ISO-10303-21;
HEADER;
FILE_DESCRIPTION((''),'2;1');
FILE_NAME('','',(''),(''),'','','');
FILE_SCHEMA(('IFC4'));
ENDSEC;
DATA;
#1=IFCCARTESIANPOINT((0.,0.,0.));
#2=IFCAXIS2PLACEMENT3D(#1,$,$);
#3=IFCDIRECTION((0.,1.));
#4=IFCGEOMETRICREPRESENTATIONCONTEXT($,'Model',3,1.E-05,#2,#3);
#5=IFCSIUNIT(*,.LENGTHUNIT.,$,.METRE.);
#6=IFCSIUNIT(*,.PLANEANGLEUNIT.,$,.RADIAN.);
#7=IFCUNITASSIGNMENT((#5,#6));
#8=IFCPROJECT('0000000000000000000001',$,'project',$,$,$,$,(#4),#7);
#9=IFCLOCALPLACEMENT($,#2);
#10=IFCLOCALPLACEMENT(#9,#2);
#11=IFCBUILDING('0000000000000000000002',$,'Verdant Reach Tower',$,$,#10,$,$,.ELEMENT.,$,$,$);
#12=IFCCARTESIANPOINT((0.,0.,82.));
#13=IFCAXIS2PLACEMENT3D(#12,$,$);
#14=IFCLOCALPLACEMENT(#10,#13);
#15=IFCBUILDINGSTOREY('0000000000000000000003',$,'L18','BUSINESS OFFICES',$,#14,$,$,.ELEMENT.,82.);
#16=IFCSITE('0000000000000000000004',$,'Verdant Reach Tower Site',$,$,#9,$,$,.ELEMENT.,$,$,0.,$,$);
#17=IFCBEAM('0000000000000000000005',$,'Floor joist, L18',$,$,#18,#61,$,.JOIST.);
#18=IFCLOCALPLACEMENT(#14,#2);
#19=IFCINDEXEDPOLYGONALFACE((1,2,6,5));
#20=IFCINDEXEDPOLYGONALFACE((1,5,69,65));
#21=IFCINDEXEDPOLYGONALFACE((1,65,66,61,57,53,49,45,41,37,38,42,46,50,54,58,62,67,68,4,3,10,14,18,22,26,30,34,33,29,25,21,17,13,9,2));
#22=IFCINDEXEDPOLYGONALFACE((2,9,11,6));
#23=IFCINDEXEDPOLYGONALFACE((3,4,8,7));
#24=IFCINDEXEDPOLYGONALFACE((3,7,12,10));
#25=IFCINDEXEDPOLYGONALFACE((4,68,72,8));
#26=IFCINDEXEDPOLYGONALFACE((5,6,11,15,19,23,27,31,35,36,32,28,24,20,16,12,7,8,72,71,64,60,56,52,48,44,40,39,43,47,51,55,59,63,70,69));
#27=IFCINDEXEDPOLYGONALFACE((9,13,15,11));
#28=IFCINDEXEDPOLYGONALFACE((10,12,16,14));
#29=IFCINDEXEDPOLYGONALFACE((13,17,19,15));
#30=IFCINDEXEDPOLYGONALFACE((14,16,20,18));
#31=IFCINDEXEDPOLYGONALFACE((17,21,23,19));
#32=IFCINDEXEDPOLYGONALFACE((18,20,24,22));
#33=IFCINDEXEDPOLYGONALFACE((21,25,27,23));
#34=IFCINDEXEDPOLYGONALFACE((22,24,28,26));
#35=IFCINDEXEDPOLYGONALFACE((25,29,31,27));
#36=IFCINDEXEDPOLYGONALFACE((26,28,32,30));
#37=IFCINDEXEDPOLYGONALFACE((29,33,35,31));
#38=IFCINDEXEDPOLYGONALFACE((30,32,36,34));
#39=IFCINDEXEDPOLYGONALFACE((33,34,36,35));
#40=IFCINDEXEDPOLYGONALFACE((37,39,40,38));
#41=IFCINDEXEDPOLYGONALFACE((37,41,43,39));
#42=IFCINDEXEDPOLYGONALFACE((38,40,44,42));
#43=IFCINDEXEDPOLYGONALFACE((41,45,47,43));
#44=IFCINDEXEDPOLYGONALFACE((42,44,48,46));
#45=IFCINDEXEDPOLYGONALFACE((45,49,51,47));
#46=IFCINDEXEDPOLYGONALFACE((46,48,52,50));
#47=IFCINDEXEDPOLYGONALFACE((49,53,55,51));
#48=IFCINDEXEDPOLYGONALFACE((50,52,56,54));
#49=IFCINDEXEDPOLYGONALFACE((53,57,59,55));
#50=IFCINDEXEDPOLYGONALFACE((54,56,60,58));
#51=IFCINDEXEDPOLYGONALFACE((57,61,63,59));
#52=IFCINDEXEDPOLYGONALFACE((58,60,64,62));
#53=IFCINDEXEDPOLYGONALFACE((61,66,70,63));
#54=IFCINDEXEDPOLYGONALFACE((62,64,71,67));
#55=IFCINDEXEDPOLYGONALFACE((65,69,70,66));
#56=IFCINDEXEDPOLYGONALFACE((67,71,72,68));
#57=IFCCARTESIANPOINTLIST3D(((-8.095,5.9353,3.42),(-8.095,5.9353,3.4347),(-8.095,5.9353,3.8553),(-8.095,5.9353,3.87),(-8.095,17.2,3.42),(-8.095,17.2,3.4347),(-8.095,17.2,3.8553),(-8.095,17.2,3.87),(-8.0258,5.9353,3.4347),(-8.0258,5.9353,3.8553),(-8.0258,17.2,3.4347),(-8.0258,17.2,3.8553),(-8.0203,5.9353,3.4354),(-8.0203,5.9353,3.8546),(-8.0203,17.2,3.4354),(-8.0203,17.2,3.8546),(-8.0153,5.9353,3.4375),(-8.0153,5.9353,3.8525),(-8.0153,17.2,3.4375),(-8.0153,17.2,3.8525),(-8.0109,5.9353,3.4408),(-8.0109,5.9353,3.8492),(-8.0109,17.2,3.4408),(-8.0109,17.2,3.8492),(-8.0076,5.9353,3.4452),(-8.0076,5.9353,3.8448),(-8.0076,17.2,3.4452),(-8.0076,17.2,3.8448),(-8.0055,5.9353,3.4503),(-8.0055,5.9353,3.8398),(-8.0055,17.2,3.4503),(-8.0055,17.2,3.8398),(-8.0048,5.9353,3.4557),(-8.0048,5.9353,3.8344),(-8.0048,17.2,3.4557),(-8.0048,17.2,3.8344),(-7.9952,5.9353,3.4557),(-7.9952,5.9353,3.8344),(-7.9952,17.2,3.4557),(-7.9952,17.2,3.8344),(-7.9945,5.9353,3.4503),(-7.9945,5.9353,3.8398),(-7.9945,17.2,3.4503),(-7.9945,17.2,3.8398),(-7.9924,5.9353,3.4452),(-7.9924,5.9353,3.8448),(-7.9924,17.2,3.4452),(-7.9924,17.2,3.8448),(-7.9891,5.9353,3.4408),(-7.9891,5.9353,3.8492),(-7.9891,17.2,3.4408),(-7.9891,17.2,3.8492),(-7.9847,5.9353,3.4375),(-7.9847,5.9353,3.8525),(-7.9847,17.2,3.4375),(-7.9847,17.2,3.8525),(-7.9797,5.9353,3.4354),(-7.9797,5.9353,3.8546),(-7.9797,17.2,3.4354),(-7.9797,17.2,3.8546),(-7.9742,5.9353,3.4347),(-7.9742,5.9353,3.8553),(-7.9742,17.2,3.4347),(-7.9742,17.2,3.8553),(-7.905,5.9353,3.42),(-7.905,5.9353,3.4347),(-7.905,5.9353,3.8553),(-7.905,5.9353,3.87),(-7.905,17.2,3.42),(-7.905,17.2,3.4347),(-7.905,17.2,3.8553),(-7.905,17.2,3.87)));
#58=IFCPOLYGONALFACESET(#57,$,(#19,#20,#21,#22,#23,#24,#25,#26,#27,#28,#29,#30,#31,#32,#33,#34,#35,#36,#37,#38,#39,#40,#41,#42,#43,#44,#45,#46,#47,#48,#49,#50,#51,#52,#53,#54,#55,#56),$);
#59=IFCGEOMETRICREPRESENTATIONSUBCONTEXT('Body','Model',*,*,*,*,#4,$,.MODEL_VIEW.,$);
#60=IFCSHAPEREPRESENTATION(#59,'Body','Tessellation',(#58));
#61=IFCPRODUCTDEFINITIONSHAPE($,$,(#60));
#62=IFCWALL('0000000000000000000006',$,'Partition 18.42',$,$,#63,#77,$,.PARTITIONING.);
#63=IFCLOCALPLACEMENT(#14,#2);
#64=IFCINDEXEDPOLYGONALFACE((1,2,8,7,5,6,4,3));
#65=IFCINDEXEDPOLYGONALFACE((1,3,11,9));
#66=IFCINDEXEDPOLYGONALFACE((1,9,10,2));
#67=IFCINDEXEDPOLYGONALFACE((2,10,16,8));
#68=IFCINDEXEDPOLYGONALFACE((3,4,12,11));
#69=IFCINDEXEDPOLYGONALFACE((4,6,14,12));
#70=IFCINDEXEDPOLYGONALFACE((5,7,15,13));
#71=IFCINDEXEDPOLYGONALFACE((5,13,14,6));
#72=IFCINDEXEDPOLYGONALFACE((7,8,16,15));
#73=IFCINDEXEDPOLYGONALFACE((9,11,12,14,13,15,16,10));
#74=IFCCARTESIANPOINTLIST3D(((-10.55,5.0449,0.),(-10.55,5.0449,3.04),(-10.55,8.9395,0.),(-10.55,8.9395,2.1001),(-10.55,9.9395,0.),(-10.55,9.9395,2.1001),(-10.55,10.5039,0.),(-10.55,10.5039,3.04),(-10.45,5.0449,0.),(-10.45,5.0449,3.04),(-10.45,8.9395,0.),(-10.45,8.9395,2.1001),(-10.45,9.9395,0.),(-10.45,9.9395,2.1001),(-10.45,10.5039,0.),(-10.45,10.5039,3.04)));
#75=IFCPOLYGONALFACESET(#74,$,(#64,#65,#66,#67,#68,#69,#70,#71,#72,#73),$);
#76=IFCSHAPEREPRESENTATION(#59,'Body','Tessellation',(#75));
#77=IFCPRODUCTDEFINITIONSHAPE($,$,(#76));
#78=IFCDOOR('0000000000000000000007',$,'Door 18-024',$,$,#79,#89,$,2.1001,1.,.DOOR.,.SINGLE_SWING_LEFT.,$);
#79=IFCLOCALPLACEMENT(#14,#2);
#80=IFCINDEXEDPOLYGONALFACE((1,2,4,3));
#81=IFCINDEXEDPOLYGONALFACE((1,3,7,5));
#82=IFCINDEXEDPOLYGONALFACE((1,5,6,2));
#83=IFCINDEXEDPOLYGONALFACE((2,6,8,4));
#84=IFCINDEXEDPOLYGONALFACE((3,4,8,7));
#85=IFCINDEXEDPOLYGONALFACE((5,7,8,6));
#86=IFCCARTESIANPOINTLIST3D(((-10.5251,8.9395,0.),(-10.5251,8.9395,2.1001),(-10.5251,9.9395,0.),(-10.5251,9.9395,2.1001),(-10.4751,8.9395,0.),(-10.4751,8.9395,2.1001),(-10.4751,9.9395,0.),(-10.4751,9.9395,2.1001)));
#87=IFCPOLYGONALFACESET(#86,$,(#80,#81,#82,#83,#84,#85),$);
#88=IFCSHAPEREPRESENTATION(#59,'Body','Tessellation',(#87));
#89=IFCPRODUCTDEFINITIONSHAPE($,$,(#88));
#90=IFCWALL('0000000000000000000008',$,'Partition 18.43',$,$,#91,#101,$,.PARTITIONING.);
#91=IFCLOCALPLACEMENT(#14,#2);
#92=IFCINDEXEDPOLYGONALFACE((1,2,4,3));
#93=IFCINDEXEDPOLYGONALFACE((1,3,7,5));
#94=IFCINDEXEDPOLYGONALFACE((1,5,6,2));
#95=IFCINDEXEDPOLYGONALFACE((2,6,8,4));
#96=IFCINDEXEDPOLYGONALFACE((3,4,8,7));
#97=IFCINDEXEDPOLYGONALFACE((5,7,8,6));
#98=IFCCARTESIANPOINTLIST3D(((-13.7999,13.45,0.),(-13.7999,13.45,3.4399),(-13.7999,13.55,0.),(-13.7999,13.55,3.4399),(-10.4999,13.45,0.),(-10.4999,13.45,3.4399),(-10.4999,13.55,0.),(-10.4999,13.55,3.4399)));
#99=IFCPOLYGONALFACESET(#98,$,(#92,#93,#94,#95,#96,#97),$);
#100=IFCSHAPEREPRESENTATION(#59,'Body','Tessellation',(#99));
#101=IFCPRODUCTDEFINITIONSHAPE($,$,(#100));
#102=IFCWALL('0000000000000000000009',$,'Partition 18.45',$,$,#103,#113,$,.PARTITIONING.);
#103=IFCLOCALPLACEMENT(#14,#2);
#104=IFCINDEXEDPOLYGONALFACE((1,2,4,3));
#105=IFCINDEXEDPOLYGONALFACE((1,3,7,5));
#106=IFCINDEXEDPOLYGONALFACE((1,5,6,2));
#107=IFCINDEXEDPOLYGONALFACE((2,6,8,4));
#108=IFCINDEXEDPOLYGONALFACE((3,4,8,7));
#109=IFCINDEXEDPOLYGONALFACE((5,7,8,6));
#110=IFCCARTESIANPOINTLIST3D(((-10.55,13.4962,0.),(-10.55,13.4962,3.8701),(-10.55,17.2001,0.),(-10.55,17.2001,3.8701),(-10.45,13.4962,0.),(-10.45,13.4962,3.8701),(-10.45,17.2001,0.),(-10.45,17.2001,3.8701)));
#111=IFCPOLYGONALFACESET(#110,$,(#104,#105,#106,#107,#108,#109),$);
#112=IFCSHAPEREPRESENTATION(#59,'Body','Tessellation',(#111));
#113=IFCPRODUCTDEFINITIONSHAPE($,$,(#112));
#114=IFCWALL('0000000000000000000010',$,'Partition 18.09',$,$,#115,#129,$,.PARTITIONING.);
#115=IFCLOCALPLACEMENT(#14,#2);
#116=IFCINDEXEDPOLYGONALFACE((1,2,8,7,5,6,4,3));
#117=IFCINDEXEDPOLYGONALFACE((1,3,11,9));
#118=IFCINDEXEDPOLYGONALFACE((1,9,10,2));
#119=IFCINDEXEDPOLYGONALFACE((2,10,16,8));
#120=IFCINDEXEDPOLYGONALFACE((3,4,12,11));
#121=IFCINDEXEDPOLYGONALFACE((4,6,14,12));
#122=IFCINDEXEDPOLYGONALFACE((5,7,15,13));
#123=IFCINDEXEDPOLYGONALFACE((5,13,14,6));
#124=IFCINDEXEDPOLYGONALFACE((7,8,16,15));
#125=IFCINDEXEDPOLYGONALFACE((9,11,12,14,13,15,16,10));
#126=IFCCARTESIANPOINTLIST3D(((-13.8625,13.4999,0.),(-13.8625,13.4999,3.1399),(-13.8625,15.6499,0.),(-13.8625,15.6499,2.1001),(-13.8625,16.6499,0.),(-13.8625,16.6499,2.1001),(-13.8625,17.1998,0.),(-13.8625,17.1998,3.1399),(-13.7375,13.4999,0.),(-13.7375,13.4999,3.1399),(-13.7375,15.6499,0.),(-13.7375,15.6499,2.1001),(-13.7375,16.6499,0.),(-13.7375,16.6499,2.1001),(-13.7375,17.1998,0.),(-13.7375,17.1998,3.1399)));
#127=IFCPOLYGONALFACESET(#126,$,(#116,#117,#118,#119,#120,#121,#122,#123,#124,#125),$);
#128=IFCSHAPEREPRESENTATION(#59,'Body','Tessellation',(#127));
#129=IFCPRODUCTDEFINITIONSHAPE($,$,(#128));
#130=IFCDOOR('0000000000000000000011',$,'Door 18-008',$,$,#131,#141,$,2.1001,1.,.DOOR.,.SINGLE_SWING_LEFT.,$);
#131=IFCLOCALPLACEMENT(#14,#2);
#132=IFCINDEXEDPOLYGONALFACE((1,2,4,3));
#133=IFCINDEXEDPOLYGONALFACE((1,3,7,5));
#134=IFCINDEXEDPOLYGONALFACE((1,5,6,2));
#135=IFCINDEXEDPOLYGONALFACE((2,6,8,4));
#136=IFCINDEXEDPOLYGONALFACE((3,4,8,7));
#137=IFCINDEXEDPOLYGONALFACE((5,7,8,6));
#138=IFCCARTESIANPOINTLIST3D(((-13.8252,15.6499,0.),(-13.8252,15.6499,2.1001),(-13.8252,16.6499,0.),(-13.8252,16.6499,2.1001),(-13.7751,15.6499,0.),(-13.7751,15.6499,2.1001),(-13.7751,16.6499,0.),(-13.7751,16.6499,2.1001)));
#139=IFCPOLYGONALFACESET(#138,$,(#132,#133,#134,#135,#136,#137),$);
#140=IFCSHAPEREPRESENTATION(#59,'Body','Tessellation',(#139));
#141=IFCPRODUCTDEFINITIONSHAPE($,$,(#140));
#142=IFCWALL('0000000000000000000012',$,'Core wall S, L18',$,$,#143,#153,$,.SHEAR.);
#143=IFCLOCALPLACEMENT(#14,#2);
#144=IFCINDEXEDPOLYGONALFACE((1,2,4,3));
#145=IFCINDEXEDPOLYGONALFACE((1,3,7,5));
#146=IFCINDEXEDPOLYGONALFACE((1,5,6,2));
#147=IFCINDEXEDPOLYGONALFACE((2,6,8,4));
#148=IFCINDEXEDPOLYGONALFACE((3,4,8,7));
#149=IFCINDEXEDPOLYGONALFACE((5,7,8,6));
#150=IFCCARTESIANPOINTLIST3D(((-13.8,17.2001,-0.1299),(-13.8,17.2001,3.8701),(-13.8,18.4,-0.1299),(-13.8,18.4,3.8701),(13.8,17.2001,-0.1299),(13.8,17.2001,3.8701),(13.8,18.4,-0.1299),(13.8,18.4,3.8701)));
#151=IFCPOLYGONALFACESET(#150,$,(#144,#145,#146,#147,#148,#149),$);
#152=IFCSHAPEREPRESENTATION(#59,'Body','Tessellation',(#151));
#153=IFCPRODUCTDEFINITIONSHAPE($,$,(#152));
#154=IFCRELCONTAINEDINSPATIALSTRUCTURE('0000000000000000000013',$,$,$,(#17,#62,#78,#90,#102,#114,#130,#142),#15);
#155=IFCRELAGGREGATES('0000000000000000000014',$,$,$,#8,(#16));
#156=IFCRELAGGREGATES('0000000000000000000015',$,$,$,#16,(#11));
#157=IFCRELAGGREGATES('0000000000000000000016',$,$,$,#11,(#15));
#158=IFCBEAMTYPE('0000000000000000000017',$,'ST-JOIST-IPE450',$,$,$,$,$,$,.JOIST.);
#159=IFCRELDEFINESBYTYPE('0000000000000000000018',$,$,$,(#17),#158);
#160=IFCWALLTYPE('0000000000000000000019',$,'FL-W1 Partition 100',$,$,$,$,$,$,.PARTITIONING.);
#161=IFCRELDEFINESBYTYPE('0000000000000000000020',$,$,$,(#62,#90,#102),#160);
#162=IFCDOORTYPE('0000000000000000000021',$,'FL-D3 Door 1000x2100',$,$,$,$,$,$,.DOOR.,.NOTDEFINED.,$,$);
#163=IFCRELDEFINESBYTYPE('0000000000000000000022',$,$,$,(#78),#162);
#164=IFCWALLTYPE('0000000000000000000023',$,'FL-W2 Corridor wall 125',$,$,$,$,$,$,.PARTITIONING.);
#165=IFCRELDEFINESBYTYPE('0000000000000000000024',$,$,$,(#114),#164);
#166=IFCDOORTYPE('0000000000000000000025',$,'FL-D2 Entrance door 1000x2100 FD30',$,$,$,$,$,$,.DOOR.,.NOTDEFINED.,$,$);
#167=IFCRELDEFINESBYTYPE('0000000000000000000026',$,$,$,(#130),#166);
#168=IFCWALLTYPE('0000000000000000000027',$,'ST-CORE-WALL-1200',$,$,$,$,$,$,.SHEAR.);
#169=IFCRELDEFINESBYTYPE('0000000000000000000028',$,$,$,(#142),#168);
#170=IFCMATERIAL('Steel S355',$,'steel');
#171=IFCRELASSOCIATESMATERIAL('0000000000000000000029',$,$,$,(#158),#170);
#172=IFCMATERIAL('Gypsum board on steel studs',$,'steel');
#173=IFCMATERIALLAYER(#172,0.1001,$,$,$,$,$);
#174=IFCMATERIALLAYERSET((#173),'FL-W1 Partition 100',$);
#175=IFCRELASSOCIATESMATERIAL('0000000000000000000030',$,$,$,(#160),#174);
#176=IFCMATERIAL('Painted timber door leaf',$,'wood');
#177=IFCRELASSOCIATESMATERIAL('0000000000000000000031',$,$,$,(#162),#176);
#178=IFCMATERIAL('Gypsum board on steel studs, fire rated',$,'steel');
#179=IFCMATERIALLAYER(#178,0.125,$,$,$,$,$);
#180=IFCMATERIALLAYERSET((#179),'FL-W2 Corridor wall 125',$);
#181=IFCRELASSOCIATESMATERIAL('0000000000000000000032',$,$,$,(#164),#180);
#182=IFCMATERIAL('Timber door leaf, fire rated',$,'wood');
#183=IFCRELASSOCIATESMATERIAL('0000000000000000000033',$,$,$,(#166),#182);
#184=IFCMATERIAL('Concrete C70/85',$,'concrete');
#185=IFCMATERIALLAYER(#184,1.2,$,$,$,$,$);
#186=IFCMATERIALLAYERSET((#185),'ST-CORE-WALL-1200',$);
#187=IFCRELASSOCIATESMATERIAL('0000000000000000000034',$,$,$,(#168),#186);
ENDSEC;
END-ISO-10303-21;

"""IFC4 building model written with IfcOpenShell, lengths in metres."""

from ifc_helpers import new_model, si_unit, direction, frame, frame_2d, origin, origin_2d, place, context, subcontext, project, spatial, rectangle, i_section, extrude, material, layer, layer_set, material_profile, profile_set, type_object, element, fill, save


model = new_model("IFC4")

# Units and contexts
model_context = context("Model", 3, precision=1e-05, world=origin(), true_north=direction((0.0, 1.0)))
body_context = subcontext(model_context, "Body", "Model", "MODEL_VIEW")
ifc_project = project(units=[si_unit("LENGTHUNIT", "METRE"), si_unit("PLANEANGLEUNIT", "RADIAN")], contexts=[model_context])

# Site, building, storey
site_placement = place(None, origin())
site = spatial("IfcSite", under=ifc_project, at=site_placement, Name="Verdant Reach Tower Site", CompositionType="ELEMENT", RefElevation=0.0)
building_placement = place(site_placement, origin())
building = spatial("IfcBuilding", under=site, at=building_placement, Name="Verdant Reach Tower", CompositionType="ELEMENT")
storey_placement = place(building_placement, frame((0.0, 0.0, 82.0)))
storey = spatial("IfcBuildingStorey", under=building, at=storey_placement, Name="L18", Description="BUSINESS OFFICES", CompositionType="ELEMENT", Elevation=82.0)

# Beam
ifc_material_1 = material(Name="Steel S355", Category="steel")
ifc_material_profile_1 = material_profile(ifc_material_1, i_section(OverallWidth=0.1899, OverallDepth=0.45, WebThickness=0.0095, FlangeThickness=0.0146, FilletRadius=0.021, at=origin_2d()), Name="IPE 450")
ifc_profile_set_1 = profile_set([ifc_material_profile_1], Name="Steel S355")
beam_type_1 = type_object("IfcBeamType", Name="ST-JOIST-IPE450", PredefinedType="JOIST", material=ifc_profile_set_1)
beam_1_placement = place(storey_placement, frame((-8.0, 17.2, 3.645), z_axis=(0.0, -1.0, 0.0), x_axis=(1.0, 0.0, 0.0)))
element("IfcBeam", 1, at=beam_1_placement, inside=storey, type_object=beam_type_1, Name="Floor joist, L18", PredefinedType="JOIST", context=body_context, shape_type="SweptSolid", body=[
    extrude(i_section(OverallWidth=0.1899, OverallDepth=0.45, WebThickness=0.0095, FlangeThickness=0.0146, FilletRadius=0.021, at=origin_2d()), origin(), (0.0, 0.0, 1.0), 11.2646),
])

# Wall, opening, door
ifc_material_2 = material(Name="Gypsum board on steel studs", Category="steel")
ifc_layer_1 = layer(ifc_material_2, 0.1001)
ifc_layer_set_1 = layer_set([ifc_layer_1], Name="FL-W1 Partition 100")
wall_type_1 = type_object("IfcWallType", Name="FL-W1 Partition 100", PredefinedType="PARTITIONING", material=ifc_layer_set_1)
wall_1_placement = place(storey_placement, frame((-10.5, 10.5039, 0.0), z_axis=(0.0, 0.0, 1.0), x_axis=(0.0, -1.0, 0.0)))
wall_1 = element("IfcWall", 2, at=wall_1_placement, inside=storey, type_object=wall_type_1, Name="Partition 18.42", PredefinedType="PARTITIONING", context=body_context, shape_type="SweptSolid", body=[
    extrude(rectangle(XDim=5.459, YDim=0.1001, at=frame_2d((2.7295, 0.0))), origin(), (0.0, 0.0, 1.0), 3.04),
])
opening_1_placement = place(wall_1_placement, frame((0.5645, 0.0, 0.0)))
opening_1 = element("IfcOpeningElement", 3, at=opening_1_placement, cuts=wall_1, PredefinedType="OPENING", context=body_context, shape_type="SweptSolid", body=[
    extrude(rectangle(XDim=1.0, YDim=2.1001, at=frame_2d((0.5, 1.05))), frame((0.0, 0.0601, 0.0), z_axis=(0.0, -1.0, 0.0), x_axis=(1.0, 0.0, 0.0)), (0.0, 0.0, 1.0), 0.1201),
])
ifc_material_3 = material(Name="Painted timber door leaf", Category="wood")
door_type_1 = type_object("IfcDoorType", Name="FL-D3 Door 1000x2100", OperationType="NOTDEFINED", PredefinedType="DOOR", material=ifc_material_3)
door_1_placement = place(opening_1_placement, origin())
door_1 = element("IfcDoor", 4, at=door_1_placement, inside=storey, type_object=door_type_1, Name="Door 18-024", OperationType="SINGLE_SWING_LEFT", OverallHeight=2.1001, OverallWidth=1.0, PredefinedType="DOOR", context=body_context, shape_type="SweptSolid", body=[
    extrude(rectangle(XDim=1.0, YDim=2.1001, at=frame_2d((0.5, 1.05))), frame((0.0, 0.0249, 0.0), z_axis=(0.0, -1.0, 0.0), x_axis=(1.0, 0.0, 0.0)), (0.0, 0.0, 1.0), 0.05),
])
fill(opening_1, door_1)

# Walls
wall_2_placement = place(storey_placement, frame((-10.5, 13.5, 0.0), z_axis=(0.0, 0.0, 1.0), x_axis=(-1.0, 0.0, 0.0)))
element("IfcWall", 5, at=wall_2_placement, inside=storey, type_object=wall_type_1, Name="Partition 18.43", PredefinedType="PARTITIONING", context=body_context, shape_type="SweptSolid", body=[
    extrude(rectangle(XDim=3.3, YDim=0.1001, at=frame_2d((1.6499, 0.0))), origin(), (0.0, 0.0, 1.0), 3.4399),
])
wall_3_placement = place(storey_placement, frame((-10.5, 13.4961, 0.0), z_axis=(0.0, 0.0, 1.0), x_axis=(0.0, 1.0, 0.0)))
element("IfcWall", 6, at=wall_3_placement, inside=storey, type_object=wall_type_1, Name="Partition 18.45", PredefinedType="PARTITIONING", context=body_context, shape_type="SweptSolid", body=[
    extrude(rectangle(XDim=3.7039, YDim=0.1001, at=frame_2d((1.8521, 0.0))), origin(), (0.0, 0.0, 1.0), 3.8701),
])

# Wall, opening, door
ifc_material_4 = material(Name="Gypsum board on steel studs, fire rated", Category="steel")
ifc_layer_2 = layer(ifc_material_4, 0.125)
ifc_layer_set_2 = layer_set([ifc_layer_2], Name="FL-W2 Corridor wall 125")
wall_type_2 = type_object("IfcWallType", Name="FL-W2 Corridor wall 125", PredefinedType="PARTITIONING", material=ifc_layer_set_2)
wall_4_placement = place(storey_placement, frame((-13.8, 17.2, 0.0), z_axis=(0.0, 0.0, 1.0), x_axis=(0.0, -1.0, 0.0)))
wall_4 = element("IfcWall", 7, at=wall_4_placement, inside=storey, type_object=wall_type_2, Name="Partition 18.09", PredefinedType="PARTITIONING", context=body_context, shape_type="SweptSolid", body=[
    extrude(rectangle(XDim=3.7, YDim=0.125, at=frame_2d((1.8501, 0.0))), origin(), (0.0, 0.0, 1.0), 3.1399),
])
opening_2_placement = place(wall_4_placement, frame((0.55, 0.0, 0.0)))
opening_2 = element("IfcOpeningElement", 8, at=opening_2_placement, cuts=wall_4, PredefinedType="OPENING", context=body_context, shape_type="SweptSolid", body=[
    extrude(rectangle(XDim=1.0, YDim=2.1001, at=frame_2d((0.5, 1.05))), frame((0.0, 0.0725, 0.0), z_axis=(0.0, -1.0, 0.0), x_axis=(1.0, 0.0, 0.0)), (0.0, 0.0, 1.0), 0.145),
])
ifc_material_5 = material(Name="Timber door leaf, fire rated", Category="wood")
door_type_2 = type_object("IfcDoorType", Name="FL-D2 Entrance door 1000x2100 FD30", OperationType="NOTDEFINED", PredefinedType="DOOR", material=ifc_material_5)
door_2_placement = place(opening_2_placement, origin())
door_2 = element("IfcDoor", 9, at=door_2_placement, inside=storey, type_object=door_type_2, Name="Door 18-008", OperationType="SINGLE_SWING_LEFT", OverallHeight=2.1001, OverallWidth=1.0, PredefinedType="DOOR", context=body_context, shape_type="SweptSolid", body=[
    extrude(rectangle(XDim=1.0, YDim=2.1001, at=frame_2d((0.5, 1.05))), frame((0.0, 0.0249, 0.0), z_axis=(0.0, -1.0, 0.0), x_axis=(1.0, 0.0, 0.0)), (0.0, 0.0, 1.0), 0.05),
])
fill(opening_2, door_2)

# Wall
ifc_material_6 = material(Name="Concrete C70/85", Category="concrete")
ifc_layer_3 = layer(ifc_material_6, 1.2)
ifc_layer_set_3 = layer_set([ifc_layer_3], Name="ST-CORE-WALL-1200")
wall_type_3 = type_object("IfcWallType", Name="ST-CORE-WALL-1200", PredefinedType="SHEAR", material=ifc_layer_set_3)
wall_5_placement = place(storey_placement, frame((-13.8, 17.8, -0.1299), z_axis=(0.0, 0.0, 1.0), x_axis=(1.0, 0.0, 0.0)))
element("IfcWall", 10, at=wall_5_placement, inside=storey, type_object=wall_type_3, Name="Core wall S, L18", PredefinedType="SHEAR", context=body_context, shape_type="SweptSolid", body=[
    extrude(rectangle(XDim=27.6001, YDim=1.2, at=frame_2d((13.8, 0.0))), origin(), (0.0, 0.0, 1.0), 4.0),
])

save(model, "model.ifc")
